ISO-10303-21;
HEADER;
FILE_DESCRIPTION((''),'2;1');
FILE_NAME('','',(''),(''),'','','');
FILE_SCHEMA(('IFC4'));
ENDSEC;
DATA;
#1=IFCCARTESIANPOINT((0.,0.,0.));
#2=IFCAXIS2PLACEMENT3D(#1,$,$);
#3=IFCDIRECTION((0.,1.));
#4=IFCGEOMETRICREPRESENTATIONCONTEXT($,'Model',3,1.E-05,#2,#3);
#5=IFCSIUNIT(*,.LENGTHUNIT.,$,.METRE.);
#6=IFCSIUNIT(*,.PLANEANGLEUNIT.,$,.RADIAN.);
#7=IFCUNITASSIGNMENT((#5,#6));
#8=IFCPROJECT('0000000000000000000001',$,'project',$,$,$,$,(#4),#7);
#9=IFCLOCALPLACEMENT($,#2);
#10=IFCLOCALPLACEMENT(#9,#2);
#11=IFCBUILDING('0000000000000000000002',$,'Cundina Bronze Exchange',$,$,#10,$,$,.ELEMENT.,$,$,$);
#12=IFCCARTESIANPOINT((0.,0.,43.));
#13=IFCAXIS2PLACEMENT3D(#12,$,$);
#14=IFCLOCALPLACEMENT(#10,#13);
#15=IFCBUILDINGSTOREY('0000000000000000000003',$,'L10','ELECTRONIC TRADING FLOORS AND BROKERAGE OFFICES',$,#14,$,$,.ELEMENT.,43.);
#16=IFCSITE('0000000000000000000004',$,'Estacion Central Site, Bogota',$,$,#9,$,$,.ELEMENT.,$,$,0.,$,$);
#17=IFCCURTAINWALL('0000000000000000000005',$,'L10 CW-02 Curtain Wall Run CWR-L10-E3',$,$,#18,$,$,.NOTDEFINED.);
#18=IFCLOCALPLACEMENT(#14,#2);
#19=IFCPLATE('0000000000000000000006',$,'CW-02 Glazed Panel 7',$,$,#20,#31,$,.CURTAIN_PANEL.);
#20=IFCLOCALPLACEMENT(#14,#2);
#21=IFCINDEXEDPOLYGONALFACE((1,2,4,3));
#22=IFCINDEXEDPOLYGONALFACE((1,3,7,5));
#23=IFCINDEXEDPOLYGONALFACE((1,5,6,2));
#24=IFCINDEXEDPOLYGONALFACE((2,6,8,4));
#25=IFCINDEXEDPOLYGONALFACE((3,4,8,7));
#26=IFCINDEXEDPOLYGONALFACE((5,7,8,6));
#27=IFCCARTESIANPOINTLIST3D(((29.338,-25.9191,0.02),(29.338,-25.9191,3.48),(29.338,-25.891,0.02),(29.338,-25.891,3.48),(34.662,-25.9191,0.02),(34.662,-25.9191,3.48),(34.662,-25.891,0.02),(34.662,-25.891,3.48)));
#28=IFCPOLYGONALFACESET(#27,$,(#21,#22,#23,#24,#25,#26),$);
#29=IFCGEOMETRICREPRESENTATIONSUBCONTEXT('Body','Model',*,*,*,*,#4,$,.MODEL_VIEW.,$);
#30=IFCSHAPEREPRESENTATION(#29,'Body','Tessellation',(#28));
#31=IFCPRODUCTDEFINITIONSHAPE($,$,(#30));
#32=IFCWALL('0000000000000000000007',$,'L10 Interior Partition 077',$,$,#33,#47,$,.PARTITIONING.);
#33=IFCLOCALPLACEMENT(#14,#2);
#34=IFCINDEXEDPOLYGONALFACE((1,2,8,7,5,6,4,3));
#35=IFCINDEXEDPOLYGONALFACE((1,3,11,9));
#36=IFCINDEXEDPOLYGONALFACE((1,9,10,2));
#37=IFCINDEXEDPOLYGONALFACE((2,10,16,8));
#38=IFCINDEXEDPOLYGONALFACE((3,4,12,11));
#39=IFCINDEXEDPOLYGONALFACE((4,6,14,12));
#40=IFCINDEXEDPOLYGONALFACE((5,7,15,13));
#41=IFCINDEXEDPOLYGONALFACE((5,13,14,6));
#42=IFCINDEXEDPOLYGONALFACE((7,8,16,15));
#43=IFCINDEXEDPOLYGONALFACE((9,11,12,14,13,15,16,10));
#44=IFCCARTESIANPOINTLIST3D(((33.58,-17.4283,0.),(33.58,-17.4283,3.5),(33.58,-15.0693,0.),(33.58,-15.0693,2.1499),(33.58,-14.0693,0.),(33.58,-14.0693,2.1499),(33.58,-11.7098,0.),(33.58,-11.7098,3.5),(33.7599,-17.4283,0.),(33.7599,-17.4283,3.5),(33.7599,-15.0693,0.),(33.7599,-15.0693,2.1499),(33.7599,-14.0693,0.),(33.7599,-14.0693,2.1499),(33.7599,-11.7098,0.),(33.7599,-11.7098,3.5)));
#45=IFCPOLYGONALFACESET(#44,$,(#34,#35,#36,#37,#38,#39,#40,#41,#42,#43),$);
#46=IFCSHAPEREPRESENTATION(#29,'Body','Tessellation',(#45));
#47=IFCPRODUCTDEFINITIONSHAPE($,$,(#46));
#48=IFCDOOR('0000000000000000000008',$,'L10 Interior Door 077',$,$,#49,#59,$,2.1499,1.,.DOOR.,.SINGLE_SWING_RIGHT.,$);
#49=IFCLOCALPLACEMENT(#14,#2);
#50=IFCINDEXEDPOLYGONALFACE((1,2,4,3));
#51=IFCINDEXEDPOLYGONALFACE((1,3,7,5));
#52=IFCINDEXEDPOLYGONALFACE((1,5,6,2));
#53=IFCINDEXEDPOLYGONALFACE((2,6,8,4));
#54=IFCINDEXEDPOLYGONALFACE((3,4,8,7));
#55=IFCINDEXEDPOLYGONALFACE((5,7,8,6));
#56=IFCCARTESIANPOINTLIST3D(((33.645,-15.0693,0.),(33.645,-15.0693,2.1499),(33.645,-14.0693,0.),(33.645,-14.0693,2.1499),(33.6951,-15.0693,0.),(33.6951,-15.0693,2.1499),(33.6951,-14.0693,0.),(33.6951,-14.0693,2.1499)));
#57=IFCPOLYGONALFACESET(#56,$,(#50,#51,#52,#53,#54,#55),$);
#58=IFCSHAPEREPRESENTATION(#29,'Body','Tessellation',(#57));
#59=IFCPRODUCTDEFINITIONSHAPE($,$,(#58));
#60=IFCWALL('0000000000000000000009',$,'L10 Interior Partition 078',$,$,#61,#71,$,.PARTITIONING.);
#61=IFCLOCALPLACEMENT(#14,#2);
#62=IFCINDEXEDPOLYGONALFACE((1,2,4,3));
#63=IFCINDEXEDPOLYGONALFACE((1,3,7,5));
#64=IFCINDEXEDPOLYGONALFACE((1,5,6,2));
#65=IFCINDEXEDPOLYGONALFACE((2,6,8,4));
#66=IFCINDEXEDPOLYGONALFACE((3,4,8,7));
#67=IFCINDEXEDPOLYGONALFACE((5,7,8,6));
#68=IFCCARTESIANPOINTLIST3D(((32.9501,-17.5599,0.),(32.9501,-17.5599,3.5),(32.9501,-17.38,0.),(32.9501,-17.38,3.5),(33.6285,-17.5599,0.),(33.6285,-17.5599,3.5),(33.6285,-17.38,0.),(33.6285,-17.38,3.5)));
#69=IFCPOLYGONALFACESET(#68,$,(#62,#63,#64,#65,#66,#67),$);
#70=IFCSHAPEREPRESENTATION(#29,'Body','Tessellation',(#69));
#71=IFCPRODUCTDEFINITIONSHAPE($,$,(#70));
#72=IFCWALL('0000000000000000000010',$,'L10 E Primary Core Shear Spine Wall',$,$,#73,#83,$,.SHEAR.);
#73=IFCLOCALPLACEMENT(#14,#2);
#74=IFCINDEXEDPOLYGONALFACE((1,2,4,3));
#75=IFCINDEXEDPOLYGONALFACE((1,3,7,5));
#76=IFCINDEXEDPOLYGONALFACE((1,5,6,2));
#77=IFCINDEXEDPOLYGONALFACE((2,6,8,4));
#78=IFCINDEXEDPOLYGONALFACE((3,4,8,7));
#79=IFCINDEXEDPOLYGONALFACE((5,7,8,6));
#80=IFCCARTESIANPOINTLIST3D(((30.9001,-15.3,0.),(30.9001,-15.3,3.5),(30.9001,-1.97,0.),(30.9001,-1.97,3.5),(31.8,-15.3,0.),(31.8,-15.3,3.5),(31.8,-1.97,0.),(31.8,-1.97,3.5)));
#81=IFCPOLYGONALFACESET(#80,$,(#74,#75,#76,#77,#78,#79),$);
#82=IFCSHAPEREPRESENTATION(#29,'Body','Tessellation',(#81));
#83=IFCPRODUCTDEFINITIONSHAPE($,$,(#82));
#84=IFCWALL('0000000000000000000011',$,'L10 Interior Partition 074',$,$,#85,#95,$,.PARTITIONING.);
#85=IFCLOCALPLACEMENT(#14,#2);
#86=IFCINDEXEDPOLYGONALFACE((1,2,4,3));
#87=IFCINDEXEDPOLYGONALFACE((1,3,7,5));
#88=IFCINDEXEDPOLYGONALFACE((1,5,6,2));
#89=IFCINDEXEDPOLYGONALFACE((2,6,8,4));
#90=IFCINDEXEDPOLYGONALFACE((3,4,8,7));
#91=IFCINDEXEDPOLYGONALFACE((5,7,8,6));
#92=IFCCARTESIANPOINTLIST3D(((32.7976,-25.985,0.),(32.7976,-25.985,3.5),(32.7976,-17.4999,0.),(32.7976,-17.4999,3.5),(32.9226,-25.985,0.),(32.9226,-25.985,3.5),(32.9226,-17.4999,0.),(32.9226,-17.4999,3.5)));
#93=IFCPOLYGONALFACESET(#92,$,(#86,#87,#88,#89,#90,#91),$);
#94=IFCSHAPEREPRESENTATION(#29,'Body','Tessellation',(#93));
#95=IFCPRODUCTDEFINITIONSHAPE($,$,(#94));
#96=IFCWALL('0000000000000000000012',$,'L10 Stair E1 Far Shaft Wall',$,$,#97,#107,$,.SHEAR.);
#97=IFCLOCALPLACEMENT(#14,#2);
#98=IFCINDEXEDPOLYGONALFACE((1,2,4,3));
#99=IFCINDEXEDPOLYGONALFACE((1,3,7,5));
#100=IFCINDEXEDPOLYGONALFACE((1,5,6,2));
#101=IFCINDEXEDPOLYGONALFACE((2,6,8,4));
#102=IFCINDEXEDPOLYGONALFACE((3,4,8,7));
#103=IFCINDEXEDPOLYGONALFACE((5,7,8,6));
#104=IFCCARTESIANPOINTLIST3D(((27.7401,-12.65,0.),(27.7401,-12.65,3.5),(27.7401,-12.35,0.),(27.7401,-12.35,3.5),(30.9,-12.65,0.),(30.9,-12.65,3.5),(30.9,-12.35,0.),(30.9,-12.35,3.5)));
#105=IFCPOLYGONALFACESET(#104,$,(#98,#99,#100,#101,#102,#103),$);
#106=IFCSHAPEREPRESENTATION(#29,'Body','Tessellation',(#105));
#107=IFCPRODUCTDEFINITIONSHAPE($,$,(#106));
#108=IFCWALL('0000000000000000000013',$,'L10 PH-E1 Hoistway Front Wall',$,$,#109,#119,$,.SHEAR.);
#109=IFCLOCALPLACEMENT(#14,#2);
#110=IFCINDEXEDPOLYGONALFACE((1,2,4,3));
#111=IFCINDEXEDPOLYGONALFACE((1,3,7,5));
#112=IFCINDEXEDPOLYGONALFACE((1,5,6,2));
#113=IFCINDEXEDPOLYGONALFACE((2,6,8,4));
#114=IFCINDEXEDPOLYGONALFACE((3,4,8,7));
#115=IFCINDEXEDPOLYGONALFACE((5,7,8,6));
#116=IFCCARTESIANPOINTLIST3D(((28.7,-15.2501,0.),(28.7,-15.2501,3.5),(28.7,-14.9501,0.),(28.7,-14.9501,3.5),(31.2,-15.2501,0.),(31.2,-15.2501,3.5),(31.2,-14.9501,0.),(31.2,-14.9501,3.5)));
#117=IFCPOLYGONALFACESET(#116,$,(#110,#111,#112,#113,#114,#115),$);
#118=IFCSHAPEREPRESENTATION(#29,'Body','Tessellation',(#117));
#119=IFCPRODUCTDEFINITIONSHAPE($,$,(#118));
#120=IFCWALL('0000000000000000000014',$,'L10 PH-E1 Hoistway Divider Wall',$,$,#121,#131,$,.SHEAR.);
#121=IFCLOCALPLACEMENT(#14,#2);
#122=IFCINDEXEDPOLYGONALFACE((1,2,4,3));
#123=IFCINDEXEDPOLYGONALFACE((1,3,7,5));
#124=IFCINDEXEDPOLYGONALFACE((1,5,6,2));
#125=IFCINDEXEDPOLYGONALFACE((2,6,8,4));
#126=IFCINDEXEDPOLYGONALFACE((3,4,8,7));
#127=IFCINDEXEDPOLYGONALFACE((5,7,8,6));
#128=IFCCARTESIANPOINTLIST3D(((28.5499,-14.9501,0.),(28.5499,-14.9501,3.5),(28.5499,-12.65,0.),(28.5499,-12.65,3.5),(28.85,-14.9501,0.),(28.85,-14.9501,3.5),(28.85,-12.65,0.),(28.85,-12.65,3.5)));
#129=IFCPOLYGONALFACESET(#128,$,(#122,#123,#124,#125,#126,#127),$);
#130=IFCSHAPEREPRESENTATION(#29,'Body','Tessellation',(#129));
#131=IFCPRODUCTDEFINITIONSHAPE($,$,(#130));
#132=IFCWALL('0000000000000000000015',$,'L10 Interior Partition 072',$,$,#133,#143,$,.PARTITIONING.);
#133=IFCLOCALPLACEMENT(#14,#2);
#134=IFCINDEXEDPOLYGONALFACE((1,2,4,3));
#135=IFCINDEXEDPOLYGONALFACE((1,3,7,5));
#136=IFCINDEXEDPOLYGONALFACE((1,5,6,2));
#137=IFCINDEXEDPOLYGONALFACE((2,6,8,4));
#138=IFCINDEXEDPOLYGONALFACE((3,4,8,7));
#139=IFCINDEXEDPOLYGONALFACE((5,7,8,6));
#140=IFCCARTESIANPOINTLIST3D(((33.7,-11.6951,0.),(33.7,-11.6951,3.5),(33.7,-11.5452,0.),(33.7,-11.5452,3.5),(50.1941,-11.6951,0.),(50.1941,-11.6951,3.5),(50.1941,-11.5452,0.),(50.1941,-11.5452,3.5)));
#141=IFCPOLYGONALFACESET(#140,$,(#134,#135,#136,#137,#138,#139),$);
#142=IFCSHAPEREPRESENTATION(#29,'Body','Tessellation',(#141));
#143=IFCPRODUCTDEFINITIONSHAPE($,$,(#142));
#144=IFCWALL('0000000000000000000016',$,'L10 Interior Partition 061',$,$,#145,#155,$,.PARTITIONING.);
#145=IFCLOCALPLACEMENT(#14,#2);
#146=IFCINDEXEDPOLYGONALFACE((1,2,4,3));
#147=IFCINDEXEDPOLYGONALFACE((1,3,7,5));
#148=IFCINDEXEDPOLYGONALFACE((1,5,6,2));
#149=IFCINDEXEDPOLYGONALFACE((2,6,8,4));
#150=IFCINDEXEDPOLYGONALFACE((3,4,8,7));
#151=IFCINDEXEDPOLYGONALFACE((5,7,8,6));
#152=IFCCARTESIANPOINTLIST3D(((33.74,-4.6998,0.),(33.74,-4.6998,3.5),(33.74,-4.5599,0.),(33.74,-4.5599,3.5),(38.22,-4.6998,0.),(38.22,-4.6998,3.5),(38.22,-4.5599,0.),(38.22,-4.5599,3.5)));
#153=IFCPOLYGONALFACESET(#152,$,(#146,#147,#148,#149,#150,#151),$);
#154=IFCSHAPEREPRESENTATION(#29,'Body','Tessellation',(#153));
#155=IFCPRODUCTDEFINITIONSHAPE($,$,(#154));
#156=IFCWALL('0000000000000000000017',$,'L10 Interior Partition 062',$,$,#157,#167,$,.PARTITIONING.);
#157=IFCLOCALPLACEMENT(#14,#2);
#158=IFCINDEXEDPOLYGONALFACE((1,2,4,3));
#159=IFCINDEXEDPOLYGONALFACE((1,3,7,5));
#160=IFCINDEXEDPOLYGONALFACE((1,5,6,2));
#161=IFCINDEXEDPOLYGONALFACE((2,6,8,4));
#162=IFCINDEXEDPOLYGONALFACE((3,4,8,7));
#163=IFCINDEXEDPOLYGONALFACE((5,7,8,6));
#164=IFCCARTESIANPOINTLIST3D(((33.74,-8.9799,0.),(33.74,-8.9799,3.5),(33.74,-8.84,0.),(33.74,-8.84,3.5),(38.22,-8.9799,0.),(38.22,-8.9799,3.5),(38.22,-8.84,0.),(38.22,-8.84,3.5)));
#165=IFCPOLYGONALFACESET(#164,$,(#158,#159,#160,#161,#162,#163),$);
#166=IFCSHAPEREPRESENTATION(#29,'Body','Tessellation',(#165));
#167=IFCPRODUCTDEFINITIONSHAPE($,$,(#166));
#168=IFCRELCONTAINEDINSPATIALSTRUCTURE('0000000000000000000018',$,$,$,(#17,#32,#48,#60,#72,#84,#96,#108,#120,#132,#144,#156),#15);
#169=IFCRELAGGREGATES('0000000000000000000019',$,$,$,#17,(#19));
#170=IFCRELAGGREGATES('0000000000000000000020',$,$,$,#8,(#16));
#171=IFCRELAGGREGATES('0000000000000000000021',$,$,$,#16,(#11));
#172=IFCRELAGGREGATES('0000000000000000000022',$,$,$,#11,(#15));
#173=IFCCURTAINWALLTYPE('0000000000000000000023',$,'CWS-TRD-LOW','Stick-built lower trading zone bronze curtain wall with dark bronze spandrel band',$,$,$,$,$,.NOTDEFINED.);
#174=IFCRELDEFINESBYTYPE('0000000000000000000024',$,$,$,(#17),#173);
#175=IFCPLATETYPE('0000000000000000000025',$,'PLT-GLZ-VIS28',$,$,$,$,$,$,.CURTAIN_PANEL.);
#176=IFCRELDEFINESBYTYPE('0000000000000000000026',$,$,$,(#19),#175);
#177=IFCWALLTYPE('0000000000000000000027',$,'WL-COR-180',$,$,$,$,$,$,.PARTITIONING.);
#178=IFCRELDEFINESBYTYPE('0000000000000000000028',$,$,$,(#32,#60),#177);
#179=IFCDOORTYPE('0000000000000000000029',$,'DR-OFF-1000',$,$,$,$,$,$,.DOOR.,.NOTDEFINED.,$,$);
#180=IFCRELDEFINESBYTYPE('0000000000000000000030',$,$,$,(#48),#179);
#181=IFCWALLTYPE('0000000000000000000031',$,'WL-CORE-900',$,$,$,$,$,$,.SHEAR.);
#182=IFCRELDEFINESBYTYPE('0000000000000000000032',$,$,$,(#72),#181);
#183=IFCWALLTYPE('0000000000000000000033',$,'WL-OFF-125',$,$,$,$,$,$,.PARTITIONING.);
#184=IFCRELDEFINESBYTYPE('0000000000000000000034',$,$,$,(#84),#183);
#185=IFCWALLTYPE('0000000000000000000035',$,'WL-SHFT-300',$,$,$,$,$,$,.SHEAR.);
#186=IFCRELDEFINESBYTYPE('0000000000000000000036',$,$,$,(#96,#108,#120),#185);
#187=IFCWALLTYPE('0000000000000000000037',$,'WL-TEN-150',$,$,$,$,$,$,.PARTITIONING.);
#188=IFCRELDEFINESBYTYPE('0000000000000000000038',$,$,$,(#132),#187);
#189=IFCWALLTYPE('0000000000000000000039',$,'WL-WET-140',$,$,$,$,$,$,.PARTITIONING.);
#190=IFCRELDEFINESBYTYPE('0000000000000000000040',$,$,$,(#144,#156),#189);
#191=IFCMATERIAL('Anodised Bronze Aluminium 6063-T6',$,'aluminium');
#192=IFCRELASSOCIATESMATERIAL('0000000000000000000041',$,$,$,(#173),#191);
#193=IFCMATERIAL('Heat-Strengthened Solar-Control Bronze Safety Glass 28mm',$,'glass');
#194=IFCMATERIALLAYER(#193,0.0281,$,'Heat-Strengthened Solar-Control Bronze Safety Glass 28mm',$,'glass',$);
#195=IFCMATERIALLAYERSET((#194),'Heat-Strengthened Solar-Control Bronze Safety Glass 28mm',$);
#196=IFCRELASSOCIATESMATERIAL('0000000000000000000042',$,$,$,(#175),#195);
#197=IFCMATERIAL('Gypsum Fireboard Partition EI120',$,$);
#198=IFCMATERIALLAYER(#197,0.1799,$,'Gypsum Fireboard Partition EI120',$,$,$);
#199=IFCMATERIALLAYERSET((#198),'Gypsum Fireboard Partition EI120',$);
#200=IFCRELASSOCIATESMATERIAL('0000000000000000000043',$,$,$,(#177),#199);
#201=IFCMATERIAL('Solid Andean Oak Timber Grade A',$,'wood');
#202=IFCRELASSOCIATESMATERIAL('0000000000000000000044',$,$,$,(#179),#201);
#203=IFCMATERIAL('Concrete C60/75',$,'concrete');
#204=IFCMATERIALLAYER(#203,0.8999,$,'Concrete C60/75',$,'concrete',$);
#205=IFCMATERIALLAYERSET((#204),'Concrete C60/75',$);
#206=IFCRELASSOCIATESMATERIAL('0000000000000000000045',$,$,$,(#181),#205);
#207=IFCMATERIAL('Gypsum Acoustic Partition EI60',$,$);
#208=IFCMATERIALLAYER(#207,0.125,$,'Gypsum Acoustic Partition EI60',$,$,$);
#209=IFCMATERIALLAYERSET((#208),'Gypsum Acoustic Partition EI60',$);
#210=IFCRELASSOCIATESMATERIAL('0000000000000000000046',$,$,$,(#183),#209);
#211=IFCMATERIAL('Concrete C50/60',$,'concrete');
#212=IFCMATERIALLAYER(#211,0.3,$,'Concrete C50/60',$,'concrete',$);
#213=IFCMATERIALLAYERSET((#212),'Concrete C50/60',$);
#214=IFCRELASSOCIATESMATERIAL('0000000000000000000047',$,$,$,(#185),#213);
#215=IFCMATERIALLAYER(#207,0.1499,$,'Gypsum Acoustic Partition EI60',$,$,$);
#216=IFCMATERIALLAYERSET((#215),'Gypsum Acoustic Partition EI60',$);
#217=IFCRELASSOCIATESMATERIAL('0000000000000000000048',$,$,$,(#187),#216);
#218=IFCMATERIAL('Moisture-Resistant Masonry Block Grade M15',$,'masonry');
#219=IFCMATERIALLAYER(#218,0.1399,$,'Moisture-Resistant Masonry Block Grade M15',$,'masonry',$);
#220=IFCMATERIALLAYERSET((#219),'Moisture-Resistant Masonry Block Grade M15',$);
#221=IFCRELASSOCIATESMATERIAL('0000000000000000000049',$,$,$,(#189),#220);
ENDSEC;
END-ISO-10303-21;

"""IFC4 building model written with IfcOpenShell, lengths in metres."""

from ifc_helpers import new_model, si_unit, direction, frame, frame_2d, origin, origin_2d, place, context, subcontext, project, spatial, rectangle, extrude, material, layer, layer_set, type_object, element, fill, aggregate, save


model = new_model("IFC4")

# Units and contexts
model_context = context("Model", 3, precision=1e-05, world=origin(), true_north=direction((0.0, 1.0)))
body_context = subcontext(model_context, "Body", "Model", "MODEL_VIEW")
ifc_project = project(units=[si_unit("LENGTHUNIT", "METRE"), si_unit("PLANEANGLEUNIT", "RADIAN")], contexts=[model_context])

# Site, building, storey
site_placement = place(None, origin())
site = spatial("IfcSite", under=ifc_project, at=site_placement, Name="Estacion Central Site, Bogota", CompositionType="ELEMENT", RefElevation=0.0)
building_placement = place(site_placement, origin())
building = spatial("IfcBuilding", under=site, at=building_placement, Name="Cundina Bronze Exchange", CompositionType="ELEMENT")
storey_placement = place(building_placement, frame((0.0, 0.0, 43.0)))
storey = spatial("IfcBuildingStorey", under=building, at=storey_placement, Name="L10", Description="ELECTRONIC TRADING FLOORS AND BROKERAGE OFFICES", CompositionType="ELEMENT", Elevation=43.0)

# Shared definitions
ifc_material_1 = material(Name="Concrete C60/75", Category="concrete")

# Curtain wall, plate
ifc_material_2 = material(Name="Anodised Bronze Aluminium 6063-T6", Category="aluminium")
curtain_wall_type = type_object("IfcCurtainWallType", Name="CWS-TRD-LOW", Description="Stick-built lower trading zone bronze curtain wall with dark bronze spandrel band", PredefinedType="NOTDEFINED", material=ifc_material_2)
curtain_wall_placement = place(storey_placement, origin())
curtain_wall = element("IfcCurtainWall", 1, at=curtain_wall_placement, inside=storey, type_object=curtain_wall_type, Name="L10 CW-02 Curtain Wall Run CWR-L10-E3", PredefinedType="NOTDEFINED")
ifc_material_3 = material(Name="Heat-Strengthened Solar-Control Bronze Safety Glass 28mm", Category="glass")
ifc_layer_1 = layer(ifc_material_3, 0.0281, Name="Heat-Strengthened Solar-Control Bronze Safety Glass 28mm", Category="glass")
ifc_layer_set_1 = layer_set([ifc_layer_1], Name="Heat-Strengthened Solar-Control Bronze Safety Glass 28mm")
plate_type = type_object("IfcPlateType", Name="PLT-GLZ-VIS28", PredefinedType="CURTAIN_PANEL", material=ifc_layer_set_1)
plate_placement = place(storey_placement, frame((32.0, -25.905, 0.02), z_axis=(0.0, 0.0, 1.0), x_axis=(1.0, 0.0, 0.0)))
plate = element("IfcPlate", 2, at=plate_placement, type_object=plate_type, Name="CW-02 Glazed Panel 7", PredefinedType="CURTAIN_PANEL", context=body_context, shape_type="SweptSolid", body=[
    extrude(rectangle(XDim=5.324, YDim=0.0281, at=origin_2d()), origin(), (0.0, 0.0, 1.0), 3.46),
])
aggregate(curtain_wall, [plate])

# Wall, opening, door
ifc_material_4 = material(Name="Gypsum Fireboard Partition EI120")
ifc_layer_2 = layer(ifc_material_4, 0.1799, Name="Gypsum Fireboard Partition EI120")
ifc_layer_set_2 = layer_set([ifc_layer_2], Name="Gypsum Fireboard Partition EI120")
wall_type_1 = type_object("IfcWallType", Name="WL-COR-180", PredefinedType="PARTITIONING", material=ifc_layer_set_2)
ifc_material_5 = material(Name="Solid Andean Oak Timber Grade A", Category="wood")
door_type = type_object("IfcDoorType", Name="DR-OFF-1000", OperationType="NOTDEFINED", PredefinedType="DOOR", material=ifc_material_5)
wall_1_placement = place(storey_placement, frame((33.6699, -17.4285, 0.0), z_axis=(0.0, 0.0, 1.0), x_axis=(0.0, 1.0, 0.0)))
wall_1 = element("IfcWall", 3, at=wall_1_placement, inside=storey, type_object=wall_type_1, Name="L10 Interior Partition 077", PredefinedType="PARTITIONING", context=body_context, shape_type="SweptSolid", body=[
    extrude(rectangle(XDim=5.7185, YDim=0.1799, at=frame_2d((2.8594, 0.0))), origin(), (0.0, 0.0, 1.0), 3.5),
])
opening_1_placement = place(wall_1_placement, frame((2.3591, 0.0, 0.0)))
opening_1 = element("IfcOpeningElement", 4, at=opening_1_placement, cuts=wall_1, PredefinedType="OPENING", context=body_context, shape_type="SweptSolid", body=[
    extrude(rectangle(XDim=1.0, YDim=2.1499, at=frame_2d((0.5, 1.075))), frame((0.0, 0.0999, 0.0), z_axis=(0.0, -1.0, 0.0), x_axis=(1.0, 0.0, 0.0)), (0.0, 0.0, 1.0), 0.2),
])
door_1_placement = place(opening_1_placement, origin())
door_1 = element("IfcDoor", 5, at=door_1_placement, inside=storey, type_object=door_type, Name="L10 Interior Door 077", OperationType="SINGLE_SWING_RIGHT", OverallHeight=2.1499, OverallWidth=1.0, PredefinedType="DOOR", context=body_context, shape_type="SweptSolid", body=[
    extrude(rectangle(XDim=1.0, YDim=2.1499, at=frame_2d((0.5, 1.075))), frame((0.0, 0.0249, 0.0), z_axis=(0.0, -1.0, 0.0), x_axis=(1.0, 0.0, 0.0)), (0.0, 0.0, 1.0), 0.05),
])
fill(opening_1, door_1)

# Wall
wall_2_placement = place(storey_placement, frame((32.95, -17.47, 0.0), z_axis=(0.0, 0.0, 1.0), x_axis=(1.0, 0.0, 0.0)))
element("IfcWall", 6, at=wall_2_placement, inside=storey, type_object=wall_type_1, Name="L10 Interior Partition 078", PredefinedType="PARTITIONING", context=body_context, shape_type="SweptSolid", body=[
    extrude(rectangle(XDim=0.6785, YDim=0.1799, at=frame_2d((0.3394, 0.0))), origin(), (0.0, 0.0, 1.0), 3.5),
])

# Walls
ifc_layer_3 = layer(ifc_material_1, 0.8999, Name="Concrete C60/75", Category="concrete")
ifc_layer_set_3 = layer_set([ifc_layer_3], Name="Concrete C60/75")
wall_type_2 = type_object("IfcWallType", Name="WL-CORE-900", PredefinedType="SHEAR", material=ifc_layer_set_3)
wall_3_placement = place(storey_placement, frame((31.3501, -15.3, 0.0), z_axis=(0.0, 0.0, 1.0), x_axis=(0.0, 1.0, 0.0)))
element("IfcWall", 7, at=wall_3_placement, inside=storey, type_object=wall_type_2, Name="L10 E Primary Core Shear Spine Wall", PredefinedType="SHEAR", context=body_context, shape_type="SweptSolid", body=[
    extrude(rectangle(XDim=13.3301, YDim=0.8999, at=frame_2d((6.665, 0.0))), origin(), (0.0, 0.0, 1.0), 3.5),
])
ifc_material_6 = material(Name="Gypsum Acoustic Partition EI60")
ifc_layer_4 = layer(ifc_material_6, 0.125, Name="Gypsum Acoustic Partition EI60")
ifc_layer_set_4 = layer_set([ifc_layer_4], Name="Gypsum Acoustic Partition EI60")
wall_type_3 = type_object("IfcWallType", Name="WL-OFF-125", PredefinedType="PARTITIONING", material=ifc_layer_set_4)
wall_4_placement = place(storey_placement, frame((32.8601, -25.9851, 0.0), z_axis=(0.0, 0.0, 1.0), x_axis=(0.0, 1.0, 0.0)))
element("IfcWall", 8, at=wall_4_placement, inside=storey, type_object=wall_type_3, Name="L10 Interior Partition 074", PredefinedType="PARTITIONING", context=body_context, shape_type="SweptSolid", body=[
    extrude(rectangle(XDim=8.4851, YDim=0.125, at=frame_2d((4.2427, 0.0))), origin(), (0.0, 0.0, 1.0), 3.5),
])
ifc_material_7 = material(Name="Concrete C50/60", Category="concrete")
ifc_layer_5 = layer(ifc_material_7, 0.3, Name="Concrete C50/60", Category="concrete")
ifc_layer_set_5 = layer_set([ifc_layer_5], Name="Concrete C50/60")
wall_type_4 = type_object("IfcWallType", Name="WL-SHFT-300", PredefinedType="SHEAR", material=ifc_layer_set_5)
wall_5_placement = place(storey_placement, frame((27.74, -12.5, 0.0), z_axis=(0.0, 0.0, 1.0), x_axis=(1.0, 0.0, 0.0)))
element("IfcWall", 9, at=wall_5_placement, inside=storey, type_object=wall_type_4, Name="L10 Stair E1 Far Shaft Wall", PredefinedType="SHEAR", context=body_context, shape_type="SweptSolid", body=[
    extrude(rectangle(XDim=3.1599, YDim=0.3, at=frame_2d((1.5801, 0.0))), origin(), (0.0, 0.0, 1.0), 3.5),
])
wall_6_placement = place(storey_placement, frame((28.7, -15.1001, 0.0), z_axis=(0.0, 0.0, 1.0), x_axis=(1.0, 0.0, 0.0)))
element("IfcWall", 10, at=wall_6_placement, inside=storey, type_object=wall_type_4, Name="L10 PH-E1 Hoistway Front Wall", PredefinedType="SHEAR", context=body_context, shape_type="SweptSolid", body=[
    extrude(rectangle(XDim=2.5, YDim=0.3, at=frame_2d((1.25, 0.0))), origin(), (0.0, 0.0, 1.0), 3.5),
])
wall_7_placement = place(storey_placement, frame((28.7, -14.95, 0.0), z_axis=(0.0, 0.0, 1.0), x_axis=(0.0, 1.0, 0.0)))
element("IfcWall", 11, at=wall_7_placement, inside=storey, type_object=wall_type_4, Name="L10 PH-E1 Hoistway Divider Wall", PredefinedType="SHEAR", context=body_context, shape_type="SweptSolid", body=[
    extrude(rectangle(XDim=2.3, YDim=0.3, at=frame_2d((1.1499, 0.0))), origin(), (0.0, 0.0, 1.0), 3.5),
])
ifc_layer_6 = layer(ifc_material_6, 0.1499, Name="Gypsum Acoustic Partition EI60")
ifc_layer_set_6 = layer_set([ifc_layer_6], Name="Gypsum Acoustic Partition EI60")
wall_type_5 = type_object("IfcWallType", Name="WL-TEN-150", PredefinedType="PARTITIONING", material=ifc_layer_set_6)
wall_8_placement = place(storey_placement, frame((33.7, -11.6201, 0.0), z_axis=(0.0, 0.0, 1.0), x_axis=(1.0, 0.0, 0.0)))
element("IfcWall", 12, at=wall_8_placement, inside=storey, type_object=wall_type_5, Name="L10 Interior Partition 072", PredefinedType="PARTITIONING", context=body_context, shape_type="SweptSolid", body=[
    extrude(rectangle(XDim=16.4941, YDim=0.1499, at=frame_2d((8.2471, 0.0))), origin(), (0.0, 0.0, 1.0), 3.5),
])
ifc_material_8 = material(Name="Moisture-Resistant Masonry Block Grade M15", Category="masonry")
ifc_layer_7 = layer(ifc_material_8, 0.1399, Name="Moisture-Resistant Masonry Block Grade M15", Category="masonry")
ifc_layer_set_7 = layer_set([ifc_layer_7], Name="Moisture-Resistant Masonry Block Grade M15")
wall_type_6 = type_object("IfcWallType", Name="WL-WET-140", PredefinedType="PARTITIONING", material=ifc_layer_set_7)
for number, where, z_axis, x_axis, name in (
    (13, (33.74, -4.6299, 0.0), (0.0, 0.0, 1.0), (1.0, 0.0, 0.0), "L10 Interior Partition 061"),
    (14, (33.74, -8.9099, 0.0), (0.0, 0.0, 1.0), (1.0, 0.0, 0.0), "L10 Interior Partition 062"),
):
    element("IfcWall", number, at=place(storey_placement, frame(where, z_axis=z_axis, x_axis=x_axis)), inside=storey, type_object=wall_type_6, Name=name, PredefinedType="PARTITIONING", context=body_context, shape_type="SweptSolid", body=[
        extrude(rectangle(XDim=4.48, YDim=0.1399, at=frame_2d((2.24, 0.0))), origin(), (0.0, 0.0, 1.0), 3.5),
    ])

save(model, "model.ifc")
